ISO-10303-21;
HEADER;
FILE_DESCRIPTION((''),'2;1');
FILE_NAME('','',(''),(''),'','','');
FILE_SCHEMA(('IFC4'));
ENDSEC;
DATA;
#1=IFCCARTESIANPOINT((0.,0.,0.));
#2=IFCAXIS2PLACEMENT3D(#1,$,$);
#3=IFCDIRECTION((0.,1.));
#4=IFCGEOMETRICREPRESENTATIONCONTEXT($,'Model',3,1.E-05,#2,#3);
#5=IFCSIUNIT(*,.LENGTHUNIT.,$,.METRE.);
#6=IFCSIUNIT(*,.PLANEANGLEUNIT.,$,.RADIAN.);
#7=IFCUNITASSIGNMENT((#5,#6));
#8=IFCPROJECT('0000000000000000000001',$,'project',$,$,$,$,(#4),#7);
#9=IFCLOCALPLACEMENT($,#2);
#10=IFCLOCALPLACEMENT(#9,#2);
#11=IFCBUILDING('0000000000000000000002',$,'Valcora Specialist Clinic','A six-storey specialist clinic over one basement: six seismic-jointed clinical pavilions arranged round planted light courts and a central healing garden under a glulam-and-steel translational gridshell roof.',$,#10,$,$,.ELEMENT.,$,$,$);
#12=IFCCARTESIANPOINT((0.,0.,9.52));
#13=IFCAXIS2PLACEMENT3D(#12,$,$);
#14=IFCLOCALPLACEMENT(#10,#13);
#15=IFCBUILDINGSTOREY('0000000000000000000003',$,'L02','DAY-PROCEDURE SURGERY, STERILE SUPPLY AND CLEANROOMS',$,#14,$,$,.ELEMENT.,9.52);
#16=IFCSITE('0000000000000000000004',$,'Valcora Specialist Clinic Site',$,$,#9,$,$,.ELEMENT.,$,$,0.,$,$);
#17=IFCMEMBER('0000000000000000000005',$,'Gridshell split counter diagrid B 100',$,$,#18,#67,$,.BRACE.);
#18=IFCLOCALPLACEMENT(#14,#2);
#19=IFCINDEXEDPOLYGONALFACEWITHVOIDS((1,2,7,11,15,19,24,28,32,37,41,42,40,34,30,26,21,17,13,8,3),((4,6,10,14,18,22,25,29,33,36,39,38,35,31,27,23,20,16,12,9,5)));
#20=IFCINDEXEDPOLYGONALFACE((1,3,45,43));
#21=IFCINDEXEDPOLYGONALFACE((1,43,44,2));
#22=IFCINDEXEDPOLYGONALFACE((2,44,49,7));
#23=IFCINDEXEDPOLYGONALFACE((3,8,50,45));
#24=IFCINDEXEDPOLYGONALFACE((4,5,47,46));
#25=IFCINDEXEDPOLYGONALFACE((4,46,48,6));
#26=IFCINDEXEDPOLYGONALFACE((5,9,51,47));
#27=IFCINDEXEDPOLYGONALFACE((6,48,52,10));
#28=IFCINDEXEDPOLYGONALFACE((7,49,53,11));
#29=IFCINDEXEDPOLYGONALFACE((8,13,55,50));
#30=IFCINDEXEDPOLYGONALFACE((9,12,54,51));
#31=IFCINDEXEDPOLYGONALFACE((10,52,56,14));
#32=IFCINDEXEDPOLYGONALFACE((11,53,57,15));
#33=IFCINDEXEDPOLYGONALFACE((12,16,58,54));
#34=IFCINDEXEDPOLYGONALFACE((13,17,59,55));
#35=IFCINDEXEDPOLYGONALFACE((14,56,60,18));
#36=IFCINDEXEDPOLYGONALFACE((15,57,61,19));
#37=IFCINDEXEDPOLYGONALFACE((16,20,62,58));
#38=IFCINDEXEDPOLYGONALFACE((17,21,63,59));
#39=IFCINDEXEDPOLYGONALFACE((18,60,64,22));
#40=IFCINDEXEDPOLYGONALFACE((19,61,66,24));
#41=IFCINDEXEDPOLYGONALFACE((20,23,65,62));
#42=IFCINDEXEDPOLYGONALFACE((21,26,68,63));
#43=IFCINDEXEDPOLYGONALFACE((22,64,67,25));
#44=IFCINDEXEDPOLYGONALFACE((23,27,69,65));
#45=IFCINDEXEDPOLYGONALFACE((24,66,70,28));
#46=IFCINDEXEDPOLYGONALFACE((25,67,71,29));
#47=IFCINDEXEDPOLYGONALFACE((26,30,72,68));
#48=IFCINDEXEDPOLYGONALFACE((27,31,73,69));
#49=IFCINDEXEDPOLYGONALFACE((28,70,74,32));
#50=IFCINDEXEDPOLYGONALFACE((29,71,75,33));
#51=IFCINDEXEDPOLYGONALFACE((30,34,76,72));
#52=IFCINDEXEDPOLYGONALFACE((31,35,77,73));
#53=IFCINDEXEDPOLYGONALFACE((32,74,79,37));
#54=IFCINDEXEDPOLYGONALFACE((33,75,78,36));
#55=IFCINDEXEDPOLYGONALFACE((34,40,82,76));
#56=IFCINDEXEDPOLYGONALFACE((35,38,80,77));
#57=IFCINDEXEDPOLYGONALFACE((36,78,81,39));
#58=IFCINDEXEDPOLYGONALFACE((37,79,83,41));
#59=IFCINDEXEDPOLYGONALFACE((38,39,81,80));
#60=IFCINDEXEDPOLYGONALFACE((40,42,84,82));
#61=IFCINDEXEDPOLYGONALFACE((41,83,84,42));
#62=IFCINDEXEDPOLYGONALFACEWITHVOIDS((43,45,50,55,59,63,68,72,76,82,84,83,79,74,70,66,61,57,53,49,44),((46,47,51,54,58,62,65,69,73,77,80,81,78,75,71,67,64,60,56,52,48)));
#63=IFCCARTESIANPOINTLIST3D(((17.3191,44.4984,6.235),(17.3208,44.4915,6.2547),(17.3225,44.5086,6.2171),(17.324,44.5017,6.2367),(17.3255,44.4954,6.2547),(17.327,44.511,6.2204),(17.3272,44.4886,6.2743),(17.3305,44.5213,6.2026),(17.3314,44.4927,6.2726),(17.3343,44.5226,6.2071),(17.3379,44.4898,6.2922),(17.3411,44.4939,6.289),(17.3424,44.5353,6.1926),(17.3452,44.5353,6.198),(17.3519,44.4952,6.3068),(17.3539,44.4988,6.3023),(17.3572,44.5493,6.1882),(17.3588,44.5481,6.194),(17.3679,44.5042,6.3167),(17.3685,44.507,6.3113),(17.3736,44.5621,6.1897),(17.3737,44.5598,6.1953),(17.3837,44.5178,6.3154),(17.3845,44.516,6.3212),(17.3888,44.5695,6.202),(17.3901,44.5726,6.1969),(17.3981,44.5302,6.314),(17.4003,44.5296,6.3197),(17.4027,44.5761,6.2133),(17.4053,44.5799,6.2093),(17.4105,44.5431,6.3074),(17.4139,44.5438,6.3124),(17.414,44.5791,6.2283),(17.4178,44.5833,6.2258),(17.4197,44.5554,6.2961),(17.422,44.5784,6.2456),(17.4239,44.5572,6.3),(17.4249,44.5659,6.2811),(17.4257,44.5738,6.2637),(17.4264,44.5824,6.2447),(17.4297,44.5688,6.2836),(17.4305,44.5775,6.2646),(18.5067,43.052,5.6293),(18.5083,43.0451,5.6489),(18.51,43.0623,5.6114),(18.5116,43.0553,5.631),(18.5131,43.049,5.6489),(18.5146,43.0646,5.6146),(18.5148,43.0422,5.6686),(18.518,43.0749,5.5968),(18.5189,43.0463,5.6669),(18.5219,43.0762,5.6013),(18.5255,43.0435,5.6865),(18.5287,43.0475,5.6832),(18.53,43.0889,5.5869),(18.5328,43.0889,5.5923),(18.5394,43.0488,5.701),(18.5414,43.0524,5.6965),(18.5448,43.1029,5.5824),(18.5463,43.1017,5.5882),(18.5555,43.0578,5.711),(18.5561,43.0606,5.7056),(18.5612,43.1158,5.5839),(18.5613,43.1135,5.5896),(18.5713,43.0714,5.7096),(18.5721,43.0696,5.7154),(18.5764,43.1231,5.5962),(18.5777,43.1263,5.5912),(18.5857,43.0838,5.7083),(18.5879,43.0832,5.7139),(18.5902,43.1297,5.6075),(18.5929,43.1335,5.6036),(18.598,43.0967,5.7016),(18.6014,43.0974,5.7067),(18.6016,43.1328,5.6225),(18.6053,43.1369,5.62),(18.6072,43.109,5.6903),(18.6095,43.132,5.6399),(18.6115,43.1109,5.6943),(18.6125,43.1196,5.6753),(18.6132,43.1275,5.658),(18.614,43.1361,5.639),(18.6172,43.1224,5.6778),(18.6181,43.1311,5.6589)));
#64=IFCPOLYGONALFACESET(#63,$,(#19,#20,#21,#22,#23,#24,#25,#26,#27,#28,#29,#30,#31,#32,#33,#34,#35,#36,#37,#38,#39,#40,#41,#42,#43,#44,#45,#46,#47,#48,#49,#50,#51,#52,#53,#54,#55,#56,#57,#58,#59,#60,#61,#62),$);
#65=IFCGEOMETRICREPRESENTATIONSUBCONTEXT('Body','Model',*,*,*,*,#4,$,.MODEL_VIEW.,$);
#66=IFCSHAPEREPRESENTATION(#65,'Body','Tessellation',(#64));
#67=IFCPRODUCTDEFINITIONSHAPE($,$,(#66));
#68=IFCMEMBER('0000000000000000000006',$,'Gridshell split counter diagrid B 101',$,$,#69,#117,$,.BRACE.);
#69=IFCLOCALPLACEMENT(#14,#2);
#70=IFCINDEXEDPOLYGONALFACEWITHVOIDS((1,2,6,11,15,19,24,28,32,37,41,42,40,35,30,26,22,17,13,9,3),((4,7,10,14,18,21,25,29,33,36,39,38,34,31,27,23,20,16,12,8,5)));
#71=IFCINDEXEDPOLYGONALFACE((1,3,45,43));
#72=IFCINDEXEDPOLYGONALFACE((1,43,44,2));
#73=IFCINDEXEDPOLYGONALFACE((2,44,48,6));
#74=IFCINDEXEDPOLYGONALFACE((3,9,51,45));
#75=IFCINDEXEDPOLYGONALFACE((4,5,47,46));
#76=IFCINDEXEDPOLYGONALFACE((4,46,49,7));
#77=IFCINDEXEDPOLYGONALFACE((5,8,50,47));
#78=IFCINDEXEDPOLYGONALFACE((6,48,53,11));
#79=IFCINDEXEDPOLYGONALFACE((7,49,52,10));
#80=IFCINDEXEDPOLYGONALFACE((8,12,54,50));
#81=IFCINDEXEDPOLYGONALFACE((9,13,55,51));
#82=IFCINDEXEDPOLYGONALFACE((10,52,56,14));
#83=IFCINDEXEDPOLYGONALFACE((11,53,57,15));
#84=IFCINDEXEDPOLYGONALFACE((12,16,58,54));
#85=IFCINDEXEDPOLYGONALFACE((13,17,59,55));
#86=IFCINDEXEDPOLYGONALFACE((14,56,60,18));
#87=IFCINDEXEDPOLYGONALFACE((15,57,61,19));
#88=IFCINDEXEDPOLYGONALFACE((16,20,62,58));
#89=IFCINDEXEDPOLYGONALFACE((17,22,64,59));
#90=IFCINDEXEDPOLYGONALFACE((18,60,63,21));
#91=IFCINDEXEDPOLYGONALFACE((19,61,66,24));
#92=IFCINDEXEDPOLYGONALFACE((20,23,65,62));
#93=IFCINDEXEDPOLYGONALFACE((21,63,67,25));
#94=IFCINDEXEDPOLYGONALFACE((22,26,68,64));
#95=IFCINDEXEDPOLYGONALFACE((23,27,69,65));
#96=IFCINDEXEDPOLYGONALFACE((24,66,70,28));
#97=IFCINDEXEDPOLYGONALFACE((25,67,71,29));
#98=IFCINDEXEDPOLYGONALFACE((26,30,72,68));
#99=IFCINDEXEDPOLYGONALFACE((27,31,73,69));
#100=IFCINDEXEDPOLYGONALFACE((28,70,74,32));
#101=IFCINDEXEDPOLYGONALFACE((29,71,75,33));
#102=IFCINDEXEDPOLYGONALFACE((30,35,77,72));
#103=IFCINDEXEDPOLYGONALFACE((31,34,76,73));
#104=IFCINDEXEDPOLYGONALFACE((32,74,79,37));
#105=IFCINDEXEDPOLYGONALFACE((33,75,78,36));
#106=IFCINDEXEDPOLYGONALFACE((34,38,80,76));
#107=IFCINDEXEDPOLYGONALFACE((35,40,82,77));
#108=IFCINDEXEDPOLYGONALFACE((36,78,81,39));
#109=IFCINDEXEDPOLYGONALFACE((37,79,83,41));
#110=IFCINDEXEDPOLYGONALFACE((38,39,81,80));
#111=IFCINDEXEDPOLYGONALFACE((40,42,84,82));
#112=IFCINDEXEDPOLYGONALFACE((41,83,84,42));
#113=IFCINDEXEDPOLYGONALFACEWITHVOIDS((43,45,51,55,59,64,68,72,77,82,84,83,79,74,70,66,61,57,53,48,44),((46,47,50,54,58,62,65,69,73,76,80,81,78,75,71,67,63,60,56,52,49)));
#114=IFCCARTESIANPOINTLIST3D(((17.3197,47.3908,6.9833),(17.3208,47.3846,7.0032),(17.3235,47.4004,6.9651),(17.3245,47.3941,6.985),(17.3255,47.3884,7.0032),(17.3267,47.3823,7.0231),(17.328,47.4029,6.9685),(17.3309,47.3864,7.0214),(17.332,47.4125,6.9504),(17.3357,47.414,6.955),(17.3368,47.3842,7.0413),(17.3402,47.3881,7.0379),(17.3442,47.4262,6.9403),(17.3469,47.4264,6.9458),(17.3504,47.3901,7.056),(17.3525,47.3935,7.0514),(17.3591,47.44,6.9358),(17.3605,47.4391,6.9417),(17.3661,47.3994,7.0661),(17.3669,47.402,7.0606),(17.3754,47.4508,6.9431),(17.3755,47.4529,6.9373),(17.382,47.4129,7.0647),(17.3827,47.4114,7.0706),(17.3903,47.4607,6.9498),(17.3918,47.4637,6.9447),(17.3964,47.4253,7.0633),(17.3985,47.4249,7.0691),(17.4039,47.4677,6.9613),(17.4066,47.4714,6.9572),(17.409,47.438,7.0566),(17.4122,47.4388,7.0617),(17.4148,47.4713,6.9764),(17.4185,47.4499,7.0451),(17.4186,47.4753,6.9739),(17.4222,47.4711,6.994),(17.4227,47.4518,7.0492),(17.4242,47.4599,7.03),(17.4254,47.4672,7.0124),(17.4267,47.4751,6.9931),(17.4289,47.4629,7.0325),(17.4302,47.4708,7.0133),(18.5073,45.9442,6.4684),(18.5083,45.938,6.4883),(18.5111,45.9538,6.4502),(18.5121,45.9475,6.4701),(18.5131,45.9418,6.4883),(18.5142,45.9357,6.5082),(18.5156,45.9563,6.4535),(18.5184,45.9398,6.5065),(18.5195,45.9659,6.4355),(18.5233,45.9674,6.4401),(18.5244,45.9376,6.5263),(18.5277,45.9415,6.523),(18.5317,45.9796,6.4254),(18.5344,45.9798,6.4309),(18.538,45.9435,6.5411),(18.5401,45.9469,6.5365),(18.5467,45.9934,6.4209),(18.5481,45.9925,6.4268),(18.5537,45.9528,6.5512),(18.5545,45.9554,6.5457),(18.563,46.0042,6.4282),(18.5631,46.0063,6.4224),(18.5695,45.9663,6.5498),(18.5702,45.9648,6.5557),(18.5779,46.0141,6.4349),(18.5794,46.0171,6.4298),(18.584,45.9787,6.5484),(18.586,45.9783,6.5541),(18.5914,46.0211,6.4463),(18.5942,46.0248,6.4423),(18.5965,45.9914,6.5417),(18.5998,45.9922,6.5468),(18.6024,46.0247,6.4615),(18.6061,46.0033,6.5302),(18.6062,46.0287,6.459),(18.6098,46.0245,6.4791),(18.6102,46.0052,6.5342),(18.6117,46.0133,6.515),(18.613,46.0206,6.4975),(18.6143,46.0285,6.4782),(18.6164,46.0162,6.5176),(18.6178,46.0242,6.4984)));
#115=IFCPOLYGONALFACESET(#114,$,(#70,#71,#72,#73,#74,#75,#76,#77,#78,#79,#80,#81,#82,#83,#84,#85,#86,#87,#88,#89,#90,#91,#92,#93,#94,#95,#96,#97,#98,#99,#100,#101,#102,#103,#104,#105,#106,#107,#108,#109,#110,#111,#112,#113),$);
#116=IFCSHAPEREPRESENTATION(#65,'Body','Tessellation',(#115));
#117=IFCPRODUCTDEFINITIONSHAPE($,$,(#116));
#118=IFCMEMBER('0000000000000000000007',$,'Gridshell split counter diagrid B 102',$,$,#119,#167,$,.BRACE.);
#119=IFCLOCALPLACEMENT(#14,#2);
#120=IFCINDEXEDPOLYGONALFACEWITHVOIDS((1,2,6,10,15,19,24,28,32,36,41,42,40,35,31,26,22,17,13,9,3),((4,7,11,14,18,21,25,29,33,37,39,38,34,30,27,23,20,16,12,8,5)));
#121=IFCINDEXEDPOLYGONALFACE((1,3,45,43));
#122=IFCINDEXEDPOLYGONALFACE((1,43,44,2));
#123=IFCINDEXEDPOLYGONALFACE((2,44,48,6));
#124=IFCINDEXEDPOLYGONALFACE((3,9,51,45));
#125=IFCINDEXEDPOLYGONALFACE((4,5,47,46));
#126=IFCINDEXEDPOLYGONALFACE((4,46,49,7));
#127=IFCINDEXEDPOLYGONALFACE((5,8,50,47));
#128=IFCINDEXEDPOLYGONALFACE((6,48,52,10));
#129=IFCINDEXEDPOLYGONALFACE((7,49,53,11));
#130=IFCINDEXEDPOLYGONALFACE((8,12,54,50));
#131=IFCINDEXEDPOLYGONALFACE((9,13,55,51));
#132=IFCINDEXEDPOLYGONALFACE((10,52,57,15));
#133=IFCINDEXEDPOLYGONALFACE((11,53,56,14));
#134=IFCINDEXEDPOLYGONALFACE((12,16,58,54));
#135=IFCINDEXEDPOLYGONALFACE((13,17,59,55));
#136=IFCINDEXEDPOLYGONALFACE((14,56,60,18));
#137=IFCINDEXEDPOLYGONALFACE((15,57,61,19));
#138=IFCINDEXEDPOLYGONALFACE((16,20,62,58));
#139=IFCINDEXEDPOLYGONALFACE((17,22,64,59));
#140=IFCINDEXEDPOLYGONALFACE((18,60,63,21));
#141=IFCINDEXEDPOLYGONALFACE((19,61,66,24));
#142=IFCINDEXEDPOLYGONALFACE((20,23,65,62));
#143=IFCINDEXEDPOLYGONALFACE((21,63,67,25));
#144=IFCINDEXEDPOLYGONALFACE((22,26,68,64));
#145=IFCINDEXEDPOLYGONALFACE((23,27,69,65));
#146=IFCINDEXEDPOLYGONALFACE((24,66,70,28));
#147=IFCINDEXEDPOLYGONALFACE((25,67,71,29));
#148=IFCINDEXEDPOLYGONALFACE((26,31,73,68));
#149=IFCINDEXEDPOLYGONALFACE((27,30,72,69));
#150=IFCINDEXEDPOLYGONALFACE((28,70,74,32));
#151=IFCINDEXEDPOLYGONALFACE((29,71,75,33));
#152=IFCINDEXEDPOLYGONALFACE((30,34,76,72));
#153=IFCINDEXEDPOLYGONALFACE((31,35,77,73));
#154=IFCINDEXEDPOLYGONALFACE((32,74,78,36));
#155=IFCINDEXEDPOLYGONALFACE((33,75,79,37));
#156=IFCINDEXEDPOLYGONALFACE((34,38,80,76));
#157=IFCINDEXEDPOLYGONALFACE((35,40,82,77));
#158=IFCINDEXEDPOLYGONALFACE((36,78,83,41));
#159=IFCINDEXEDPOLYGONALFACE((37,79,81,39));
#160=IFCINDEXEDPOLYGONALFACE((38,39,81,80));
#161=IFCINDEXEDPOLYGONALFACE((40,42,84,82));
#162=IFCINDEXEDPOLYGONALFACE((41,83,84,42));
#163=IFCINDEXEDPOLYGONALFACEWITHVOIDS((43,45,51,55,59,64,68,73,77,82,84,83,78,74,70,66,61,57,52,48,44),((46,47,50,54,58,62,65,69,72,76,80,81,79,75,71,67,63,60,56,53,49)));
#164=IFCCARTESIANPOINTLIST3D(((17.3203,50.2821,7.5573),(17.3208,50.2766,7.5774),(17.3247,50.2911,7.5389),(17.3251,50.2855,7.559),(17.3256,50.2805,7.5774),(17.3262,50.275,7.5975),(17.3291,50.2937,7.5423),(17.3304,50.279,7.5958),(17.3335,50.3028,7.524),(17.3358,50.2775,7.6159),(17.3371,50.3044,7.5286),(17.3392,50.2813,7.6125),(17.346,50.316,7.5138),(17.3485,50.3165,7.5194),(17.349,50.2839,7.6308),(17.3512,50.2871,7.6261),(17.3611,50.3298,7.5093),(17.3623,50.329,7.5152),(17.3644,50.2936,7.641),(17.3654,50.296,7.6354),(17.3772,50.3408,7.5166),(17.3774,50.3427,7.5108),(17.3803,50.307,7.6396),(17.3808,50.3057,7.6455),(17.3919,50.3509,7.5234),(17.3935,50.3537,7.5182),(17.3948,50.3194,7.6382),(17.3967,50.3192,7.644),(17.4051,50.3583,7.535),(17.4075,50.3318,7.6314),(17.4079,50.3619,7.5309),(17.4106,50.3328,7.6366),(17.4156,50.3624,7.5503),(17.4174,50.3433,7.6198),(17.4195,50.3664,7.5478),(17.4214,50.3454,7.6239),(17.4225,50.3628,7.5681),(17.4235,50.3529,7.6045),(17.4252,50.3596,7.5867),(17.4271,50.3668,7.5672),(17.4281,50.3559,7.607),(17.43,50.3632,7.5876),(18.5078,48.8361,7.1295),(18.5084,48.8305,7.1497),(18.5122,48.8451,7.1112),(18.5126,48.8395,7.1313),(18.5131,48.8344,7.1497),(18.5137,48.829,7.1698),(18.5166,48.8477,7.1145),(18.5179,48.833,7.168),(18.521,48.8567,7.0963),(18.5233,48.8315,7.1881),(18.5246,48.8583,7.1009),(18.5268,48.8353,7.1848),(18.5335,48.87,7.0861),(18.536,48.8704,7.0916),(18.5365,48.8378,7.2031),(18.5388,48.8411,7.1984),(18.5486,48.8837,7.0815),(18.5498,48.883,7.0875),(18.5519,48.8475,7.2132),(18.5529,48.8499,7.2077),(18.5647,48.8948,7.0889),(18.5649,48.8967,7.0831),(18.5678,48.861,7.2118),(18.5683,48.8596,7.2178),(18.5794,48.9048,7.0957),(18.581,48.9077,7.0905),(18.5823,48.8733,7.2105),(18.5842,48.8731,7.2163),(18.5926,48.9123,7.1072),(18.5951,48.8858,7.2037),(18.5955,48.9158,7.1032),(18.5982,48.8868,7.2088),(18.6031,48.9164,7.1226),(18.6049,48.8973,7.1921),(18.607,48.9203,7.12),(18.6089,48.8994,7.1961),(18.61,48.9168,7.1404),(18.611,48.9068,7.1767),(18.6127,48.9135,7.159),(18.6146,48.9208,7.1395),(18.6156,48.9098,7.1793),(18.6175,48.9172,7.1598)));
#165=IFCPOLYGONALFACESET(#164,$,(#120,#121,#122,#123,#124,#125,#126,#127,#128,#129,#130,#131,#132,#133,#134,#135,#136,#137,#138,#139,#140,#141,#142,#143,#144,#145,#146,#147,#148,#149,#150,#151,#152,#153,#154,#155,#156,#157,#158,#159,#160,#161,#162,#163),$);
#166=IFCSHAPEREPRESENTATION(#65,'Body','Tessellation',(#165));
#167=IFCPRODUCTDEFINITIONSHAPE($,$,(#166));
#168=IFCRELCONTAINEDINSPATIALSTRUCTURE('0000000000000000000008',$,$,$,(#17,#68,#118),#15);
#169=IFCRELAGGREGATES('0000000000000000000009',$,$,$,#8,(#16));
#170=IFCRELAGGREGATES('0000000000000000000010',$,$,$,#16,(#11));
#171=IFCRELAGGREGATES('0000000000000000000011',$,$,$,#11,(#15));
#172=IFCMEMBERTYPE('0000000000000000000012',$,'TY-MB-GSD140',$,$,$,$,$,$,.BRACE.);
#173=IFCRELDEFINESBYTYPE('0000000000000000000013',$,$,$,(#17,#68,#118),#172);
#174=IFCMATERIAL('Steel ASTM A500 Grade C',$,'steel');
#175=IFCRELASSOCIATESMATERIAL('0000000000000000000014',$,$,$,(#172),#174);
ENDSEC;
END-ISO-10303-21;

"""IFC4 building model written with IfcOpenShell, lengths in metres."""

from ifc_helpers import new_model, si_unit, direction, frame, origin, origin_2d, place, context, subcontext, project, spatial, hollow_circle, extrude, material, material_profile, profile_set, type_object, element, save


model = new_model("IFC4")

# Units and contexts
model_context = context("Model", 3, precision=1e-05, world=origin(), true_north=direction((0.0, 1.0)))
body_context = subcontext(model_context, "Body", "Model", "MODEL_VIEW")
ifc_project = project(units=[si_unit("LENGTHUNIT", "METRE"), si_unit("PLANEANGLEUNIT", "RADIAN")], contexts=[model_context])

# Site, building, storey
site_placement = place(None, origin())
site = spatial("IfcSite", under=ifc_project, at=site_placement, Name="Valcora Specialist Clinic Site", CompositionType="ELEMENT", RefElevation=0.0)
building_placement = place(site_placement, origin())
building = spatial("IfcBuilding", under=site, at=building_placement, Name="Valcora Specialist Clinic", Description="A six-storey specialist clinic over one basement: six seismic-jointed clinical pavilions arranged round planted light courts and a central healing garden under a glulam-and-steel translational gridshell roof.", CompositionType="ELEMENT")
storey_placement = place(building_placement, frame((0.0, 0.0, 9.52)))
storey = spatial("IfcBuildingStorey", under=building, at=storey_placement, Name="L02", Description="DAY-PROCEDURE SURGERY, STERILE SUPPLY AND CLEANROOMS", CompositionType="ELEMENT", Elevation=9.52)

# Members
ifc_material_1 = material(Name="Steel ASTM A500 Grade C", Category="steel")
ifc_material_profile_1 = material_profile(ifc_material_1, hollow_circle(Radius=0.0701, WallThickness=0.0061, at=origin_2d()), Name="ST-CHS-140X6")
ifc_profile_set_1 = profile_set([ifc_material_profile_1], Name="Steel ASTM A500 Grade C")
member_type_1 = type_object("IfcMemberType", Name="TY-MB-GSD140", PredefinedType="BRACE", material=ifc_profile_set_1)
member_1_placement = place(storey_placement, frame((18.5625, 43.0896, 5.6489), z_axis=(-0.603734, 0.735304, 0.307949), x_axis=(-0.772863, -0.634572, 0.0)))
element("IfcMember", 1, at=member_1_placement, inside=storey, type_object=member_type_1, Name="Gridshell split counter diagrid B 100", PredefinedType="BRACE", context=body_context, shape_type="SweptSolid", body=[
    extrude(hollow_circle(Radius=0.0701, WallThickness=0.0061, at=origin_2d()), origin(), (0.0, 0.0, 1.0), 1.967),
])
member_2_placement = place(storey_placement, frame((18.5625, 45.9824, 6.4883), z_axis=(-0.611778, 0.745227, 0.265263), x_axis=(-0.772916, -0.634508, 0.0)))
element("IfcMember", 2, at=member_2_placement, inside=storey, type_object=member_type_1, Name="Gridshell split counter diagrid B 101", PredefinedType="BRACE", context=body_context, shape_type="SweptSolid", body=[
    extrude(hollow_circle(Radius=0.0701, WallThickness=0.0061, at=origin_2d()), origin(), (0.0, 0.0, 1.0), 1.9412),
])
member_3_placement = place(storey_placement, frame((18.5625, 48.875, 7.1497), z_axis=(-0.618678, 0.753377, 0.222846), x_axis=(-0.772811, -0.634636, 0.0)))
element("IfcMember", 3, at=member_3_placement, inside=storey, type_object=member_type_1, Name="Gridshell split counter diagrid B 102", PredefinedType="BRACE", context=body_context, shape_type="SweptSolid", body=[
    extrude(hollow_circle(Radius=0.0701, WallThickness=0.0061, at=origin_2d()), origin(), (0.0, 0.0, 1.0), 1.9194),
])

save(model, "model.ifc")
